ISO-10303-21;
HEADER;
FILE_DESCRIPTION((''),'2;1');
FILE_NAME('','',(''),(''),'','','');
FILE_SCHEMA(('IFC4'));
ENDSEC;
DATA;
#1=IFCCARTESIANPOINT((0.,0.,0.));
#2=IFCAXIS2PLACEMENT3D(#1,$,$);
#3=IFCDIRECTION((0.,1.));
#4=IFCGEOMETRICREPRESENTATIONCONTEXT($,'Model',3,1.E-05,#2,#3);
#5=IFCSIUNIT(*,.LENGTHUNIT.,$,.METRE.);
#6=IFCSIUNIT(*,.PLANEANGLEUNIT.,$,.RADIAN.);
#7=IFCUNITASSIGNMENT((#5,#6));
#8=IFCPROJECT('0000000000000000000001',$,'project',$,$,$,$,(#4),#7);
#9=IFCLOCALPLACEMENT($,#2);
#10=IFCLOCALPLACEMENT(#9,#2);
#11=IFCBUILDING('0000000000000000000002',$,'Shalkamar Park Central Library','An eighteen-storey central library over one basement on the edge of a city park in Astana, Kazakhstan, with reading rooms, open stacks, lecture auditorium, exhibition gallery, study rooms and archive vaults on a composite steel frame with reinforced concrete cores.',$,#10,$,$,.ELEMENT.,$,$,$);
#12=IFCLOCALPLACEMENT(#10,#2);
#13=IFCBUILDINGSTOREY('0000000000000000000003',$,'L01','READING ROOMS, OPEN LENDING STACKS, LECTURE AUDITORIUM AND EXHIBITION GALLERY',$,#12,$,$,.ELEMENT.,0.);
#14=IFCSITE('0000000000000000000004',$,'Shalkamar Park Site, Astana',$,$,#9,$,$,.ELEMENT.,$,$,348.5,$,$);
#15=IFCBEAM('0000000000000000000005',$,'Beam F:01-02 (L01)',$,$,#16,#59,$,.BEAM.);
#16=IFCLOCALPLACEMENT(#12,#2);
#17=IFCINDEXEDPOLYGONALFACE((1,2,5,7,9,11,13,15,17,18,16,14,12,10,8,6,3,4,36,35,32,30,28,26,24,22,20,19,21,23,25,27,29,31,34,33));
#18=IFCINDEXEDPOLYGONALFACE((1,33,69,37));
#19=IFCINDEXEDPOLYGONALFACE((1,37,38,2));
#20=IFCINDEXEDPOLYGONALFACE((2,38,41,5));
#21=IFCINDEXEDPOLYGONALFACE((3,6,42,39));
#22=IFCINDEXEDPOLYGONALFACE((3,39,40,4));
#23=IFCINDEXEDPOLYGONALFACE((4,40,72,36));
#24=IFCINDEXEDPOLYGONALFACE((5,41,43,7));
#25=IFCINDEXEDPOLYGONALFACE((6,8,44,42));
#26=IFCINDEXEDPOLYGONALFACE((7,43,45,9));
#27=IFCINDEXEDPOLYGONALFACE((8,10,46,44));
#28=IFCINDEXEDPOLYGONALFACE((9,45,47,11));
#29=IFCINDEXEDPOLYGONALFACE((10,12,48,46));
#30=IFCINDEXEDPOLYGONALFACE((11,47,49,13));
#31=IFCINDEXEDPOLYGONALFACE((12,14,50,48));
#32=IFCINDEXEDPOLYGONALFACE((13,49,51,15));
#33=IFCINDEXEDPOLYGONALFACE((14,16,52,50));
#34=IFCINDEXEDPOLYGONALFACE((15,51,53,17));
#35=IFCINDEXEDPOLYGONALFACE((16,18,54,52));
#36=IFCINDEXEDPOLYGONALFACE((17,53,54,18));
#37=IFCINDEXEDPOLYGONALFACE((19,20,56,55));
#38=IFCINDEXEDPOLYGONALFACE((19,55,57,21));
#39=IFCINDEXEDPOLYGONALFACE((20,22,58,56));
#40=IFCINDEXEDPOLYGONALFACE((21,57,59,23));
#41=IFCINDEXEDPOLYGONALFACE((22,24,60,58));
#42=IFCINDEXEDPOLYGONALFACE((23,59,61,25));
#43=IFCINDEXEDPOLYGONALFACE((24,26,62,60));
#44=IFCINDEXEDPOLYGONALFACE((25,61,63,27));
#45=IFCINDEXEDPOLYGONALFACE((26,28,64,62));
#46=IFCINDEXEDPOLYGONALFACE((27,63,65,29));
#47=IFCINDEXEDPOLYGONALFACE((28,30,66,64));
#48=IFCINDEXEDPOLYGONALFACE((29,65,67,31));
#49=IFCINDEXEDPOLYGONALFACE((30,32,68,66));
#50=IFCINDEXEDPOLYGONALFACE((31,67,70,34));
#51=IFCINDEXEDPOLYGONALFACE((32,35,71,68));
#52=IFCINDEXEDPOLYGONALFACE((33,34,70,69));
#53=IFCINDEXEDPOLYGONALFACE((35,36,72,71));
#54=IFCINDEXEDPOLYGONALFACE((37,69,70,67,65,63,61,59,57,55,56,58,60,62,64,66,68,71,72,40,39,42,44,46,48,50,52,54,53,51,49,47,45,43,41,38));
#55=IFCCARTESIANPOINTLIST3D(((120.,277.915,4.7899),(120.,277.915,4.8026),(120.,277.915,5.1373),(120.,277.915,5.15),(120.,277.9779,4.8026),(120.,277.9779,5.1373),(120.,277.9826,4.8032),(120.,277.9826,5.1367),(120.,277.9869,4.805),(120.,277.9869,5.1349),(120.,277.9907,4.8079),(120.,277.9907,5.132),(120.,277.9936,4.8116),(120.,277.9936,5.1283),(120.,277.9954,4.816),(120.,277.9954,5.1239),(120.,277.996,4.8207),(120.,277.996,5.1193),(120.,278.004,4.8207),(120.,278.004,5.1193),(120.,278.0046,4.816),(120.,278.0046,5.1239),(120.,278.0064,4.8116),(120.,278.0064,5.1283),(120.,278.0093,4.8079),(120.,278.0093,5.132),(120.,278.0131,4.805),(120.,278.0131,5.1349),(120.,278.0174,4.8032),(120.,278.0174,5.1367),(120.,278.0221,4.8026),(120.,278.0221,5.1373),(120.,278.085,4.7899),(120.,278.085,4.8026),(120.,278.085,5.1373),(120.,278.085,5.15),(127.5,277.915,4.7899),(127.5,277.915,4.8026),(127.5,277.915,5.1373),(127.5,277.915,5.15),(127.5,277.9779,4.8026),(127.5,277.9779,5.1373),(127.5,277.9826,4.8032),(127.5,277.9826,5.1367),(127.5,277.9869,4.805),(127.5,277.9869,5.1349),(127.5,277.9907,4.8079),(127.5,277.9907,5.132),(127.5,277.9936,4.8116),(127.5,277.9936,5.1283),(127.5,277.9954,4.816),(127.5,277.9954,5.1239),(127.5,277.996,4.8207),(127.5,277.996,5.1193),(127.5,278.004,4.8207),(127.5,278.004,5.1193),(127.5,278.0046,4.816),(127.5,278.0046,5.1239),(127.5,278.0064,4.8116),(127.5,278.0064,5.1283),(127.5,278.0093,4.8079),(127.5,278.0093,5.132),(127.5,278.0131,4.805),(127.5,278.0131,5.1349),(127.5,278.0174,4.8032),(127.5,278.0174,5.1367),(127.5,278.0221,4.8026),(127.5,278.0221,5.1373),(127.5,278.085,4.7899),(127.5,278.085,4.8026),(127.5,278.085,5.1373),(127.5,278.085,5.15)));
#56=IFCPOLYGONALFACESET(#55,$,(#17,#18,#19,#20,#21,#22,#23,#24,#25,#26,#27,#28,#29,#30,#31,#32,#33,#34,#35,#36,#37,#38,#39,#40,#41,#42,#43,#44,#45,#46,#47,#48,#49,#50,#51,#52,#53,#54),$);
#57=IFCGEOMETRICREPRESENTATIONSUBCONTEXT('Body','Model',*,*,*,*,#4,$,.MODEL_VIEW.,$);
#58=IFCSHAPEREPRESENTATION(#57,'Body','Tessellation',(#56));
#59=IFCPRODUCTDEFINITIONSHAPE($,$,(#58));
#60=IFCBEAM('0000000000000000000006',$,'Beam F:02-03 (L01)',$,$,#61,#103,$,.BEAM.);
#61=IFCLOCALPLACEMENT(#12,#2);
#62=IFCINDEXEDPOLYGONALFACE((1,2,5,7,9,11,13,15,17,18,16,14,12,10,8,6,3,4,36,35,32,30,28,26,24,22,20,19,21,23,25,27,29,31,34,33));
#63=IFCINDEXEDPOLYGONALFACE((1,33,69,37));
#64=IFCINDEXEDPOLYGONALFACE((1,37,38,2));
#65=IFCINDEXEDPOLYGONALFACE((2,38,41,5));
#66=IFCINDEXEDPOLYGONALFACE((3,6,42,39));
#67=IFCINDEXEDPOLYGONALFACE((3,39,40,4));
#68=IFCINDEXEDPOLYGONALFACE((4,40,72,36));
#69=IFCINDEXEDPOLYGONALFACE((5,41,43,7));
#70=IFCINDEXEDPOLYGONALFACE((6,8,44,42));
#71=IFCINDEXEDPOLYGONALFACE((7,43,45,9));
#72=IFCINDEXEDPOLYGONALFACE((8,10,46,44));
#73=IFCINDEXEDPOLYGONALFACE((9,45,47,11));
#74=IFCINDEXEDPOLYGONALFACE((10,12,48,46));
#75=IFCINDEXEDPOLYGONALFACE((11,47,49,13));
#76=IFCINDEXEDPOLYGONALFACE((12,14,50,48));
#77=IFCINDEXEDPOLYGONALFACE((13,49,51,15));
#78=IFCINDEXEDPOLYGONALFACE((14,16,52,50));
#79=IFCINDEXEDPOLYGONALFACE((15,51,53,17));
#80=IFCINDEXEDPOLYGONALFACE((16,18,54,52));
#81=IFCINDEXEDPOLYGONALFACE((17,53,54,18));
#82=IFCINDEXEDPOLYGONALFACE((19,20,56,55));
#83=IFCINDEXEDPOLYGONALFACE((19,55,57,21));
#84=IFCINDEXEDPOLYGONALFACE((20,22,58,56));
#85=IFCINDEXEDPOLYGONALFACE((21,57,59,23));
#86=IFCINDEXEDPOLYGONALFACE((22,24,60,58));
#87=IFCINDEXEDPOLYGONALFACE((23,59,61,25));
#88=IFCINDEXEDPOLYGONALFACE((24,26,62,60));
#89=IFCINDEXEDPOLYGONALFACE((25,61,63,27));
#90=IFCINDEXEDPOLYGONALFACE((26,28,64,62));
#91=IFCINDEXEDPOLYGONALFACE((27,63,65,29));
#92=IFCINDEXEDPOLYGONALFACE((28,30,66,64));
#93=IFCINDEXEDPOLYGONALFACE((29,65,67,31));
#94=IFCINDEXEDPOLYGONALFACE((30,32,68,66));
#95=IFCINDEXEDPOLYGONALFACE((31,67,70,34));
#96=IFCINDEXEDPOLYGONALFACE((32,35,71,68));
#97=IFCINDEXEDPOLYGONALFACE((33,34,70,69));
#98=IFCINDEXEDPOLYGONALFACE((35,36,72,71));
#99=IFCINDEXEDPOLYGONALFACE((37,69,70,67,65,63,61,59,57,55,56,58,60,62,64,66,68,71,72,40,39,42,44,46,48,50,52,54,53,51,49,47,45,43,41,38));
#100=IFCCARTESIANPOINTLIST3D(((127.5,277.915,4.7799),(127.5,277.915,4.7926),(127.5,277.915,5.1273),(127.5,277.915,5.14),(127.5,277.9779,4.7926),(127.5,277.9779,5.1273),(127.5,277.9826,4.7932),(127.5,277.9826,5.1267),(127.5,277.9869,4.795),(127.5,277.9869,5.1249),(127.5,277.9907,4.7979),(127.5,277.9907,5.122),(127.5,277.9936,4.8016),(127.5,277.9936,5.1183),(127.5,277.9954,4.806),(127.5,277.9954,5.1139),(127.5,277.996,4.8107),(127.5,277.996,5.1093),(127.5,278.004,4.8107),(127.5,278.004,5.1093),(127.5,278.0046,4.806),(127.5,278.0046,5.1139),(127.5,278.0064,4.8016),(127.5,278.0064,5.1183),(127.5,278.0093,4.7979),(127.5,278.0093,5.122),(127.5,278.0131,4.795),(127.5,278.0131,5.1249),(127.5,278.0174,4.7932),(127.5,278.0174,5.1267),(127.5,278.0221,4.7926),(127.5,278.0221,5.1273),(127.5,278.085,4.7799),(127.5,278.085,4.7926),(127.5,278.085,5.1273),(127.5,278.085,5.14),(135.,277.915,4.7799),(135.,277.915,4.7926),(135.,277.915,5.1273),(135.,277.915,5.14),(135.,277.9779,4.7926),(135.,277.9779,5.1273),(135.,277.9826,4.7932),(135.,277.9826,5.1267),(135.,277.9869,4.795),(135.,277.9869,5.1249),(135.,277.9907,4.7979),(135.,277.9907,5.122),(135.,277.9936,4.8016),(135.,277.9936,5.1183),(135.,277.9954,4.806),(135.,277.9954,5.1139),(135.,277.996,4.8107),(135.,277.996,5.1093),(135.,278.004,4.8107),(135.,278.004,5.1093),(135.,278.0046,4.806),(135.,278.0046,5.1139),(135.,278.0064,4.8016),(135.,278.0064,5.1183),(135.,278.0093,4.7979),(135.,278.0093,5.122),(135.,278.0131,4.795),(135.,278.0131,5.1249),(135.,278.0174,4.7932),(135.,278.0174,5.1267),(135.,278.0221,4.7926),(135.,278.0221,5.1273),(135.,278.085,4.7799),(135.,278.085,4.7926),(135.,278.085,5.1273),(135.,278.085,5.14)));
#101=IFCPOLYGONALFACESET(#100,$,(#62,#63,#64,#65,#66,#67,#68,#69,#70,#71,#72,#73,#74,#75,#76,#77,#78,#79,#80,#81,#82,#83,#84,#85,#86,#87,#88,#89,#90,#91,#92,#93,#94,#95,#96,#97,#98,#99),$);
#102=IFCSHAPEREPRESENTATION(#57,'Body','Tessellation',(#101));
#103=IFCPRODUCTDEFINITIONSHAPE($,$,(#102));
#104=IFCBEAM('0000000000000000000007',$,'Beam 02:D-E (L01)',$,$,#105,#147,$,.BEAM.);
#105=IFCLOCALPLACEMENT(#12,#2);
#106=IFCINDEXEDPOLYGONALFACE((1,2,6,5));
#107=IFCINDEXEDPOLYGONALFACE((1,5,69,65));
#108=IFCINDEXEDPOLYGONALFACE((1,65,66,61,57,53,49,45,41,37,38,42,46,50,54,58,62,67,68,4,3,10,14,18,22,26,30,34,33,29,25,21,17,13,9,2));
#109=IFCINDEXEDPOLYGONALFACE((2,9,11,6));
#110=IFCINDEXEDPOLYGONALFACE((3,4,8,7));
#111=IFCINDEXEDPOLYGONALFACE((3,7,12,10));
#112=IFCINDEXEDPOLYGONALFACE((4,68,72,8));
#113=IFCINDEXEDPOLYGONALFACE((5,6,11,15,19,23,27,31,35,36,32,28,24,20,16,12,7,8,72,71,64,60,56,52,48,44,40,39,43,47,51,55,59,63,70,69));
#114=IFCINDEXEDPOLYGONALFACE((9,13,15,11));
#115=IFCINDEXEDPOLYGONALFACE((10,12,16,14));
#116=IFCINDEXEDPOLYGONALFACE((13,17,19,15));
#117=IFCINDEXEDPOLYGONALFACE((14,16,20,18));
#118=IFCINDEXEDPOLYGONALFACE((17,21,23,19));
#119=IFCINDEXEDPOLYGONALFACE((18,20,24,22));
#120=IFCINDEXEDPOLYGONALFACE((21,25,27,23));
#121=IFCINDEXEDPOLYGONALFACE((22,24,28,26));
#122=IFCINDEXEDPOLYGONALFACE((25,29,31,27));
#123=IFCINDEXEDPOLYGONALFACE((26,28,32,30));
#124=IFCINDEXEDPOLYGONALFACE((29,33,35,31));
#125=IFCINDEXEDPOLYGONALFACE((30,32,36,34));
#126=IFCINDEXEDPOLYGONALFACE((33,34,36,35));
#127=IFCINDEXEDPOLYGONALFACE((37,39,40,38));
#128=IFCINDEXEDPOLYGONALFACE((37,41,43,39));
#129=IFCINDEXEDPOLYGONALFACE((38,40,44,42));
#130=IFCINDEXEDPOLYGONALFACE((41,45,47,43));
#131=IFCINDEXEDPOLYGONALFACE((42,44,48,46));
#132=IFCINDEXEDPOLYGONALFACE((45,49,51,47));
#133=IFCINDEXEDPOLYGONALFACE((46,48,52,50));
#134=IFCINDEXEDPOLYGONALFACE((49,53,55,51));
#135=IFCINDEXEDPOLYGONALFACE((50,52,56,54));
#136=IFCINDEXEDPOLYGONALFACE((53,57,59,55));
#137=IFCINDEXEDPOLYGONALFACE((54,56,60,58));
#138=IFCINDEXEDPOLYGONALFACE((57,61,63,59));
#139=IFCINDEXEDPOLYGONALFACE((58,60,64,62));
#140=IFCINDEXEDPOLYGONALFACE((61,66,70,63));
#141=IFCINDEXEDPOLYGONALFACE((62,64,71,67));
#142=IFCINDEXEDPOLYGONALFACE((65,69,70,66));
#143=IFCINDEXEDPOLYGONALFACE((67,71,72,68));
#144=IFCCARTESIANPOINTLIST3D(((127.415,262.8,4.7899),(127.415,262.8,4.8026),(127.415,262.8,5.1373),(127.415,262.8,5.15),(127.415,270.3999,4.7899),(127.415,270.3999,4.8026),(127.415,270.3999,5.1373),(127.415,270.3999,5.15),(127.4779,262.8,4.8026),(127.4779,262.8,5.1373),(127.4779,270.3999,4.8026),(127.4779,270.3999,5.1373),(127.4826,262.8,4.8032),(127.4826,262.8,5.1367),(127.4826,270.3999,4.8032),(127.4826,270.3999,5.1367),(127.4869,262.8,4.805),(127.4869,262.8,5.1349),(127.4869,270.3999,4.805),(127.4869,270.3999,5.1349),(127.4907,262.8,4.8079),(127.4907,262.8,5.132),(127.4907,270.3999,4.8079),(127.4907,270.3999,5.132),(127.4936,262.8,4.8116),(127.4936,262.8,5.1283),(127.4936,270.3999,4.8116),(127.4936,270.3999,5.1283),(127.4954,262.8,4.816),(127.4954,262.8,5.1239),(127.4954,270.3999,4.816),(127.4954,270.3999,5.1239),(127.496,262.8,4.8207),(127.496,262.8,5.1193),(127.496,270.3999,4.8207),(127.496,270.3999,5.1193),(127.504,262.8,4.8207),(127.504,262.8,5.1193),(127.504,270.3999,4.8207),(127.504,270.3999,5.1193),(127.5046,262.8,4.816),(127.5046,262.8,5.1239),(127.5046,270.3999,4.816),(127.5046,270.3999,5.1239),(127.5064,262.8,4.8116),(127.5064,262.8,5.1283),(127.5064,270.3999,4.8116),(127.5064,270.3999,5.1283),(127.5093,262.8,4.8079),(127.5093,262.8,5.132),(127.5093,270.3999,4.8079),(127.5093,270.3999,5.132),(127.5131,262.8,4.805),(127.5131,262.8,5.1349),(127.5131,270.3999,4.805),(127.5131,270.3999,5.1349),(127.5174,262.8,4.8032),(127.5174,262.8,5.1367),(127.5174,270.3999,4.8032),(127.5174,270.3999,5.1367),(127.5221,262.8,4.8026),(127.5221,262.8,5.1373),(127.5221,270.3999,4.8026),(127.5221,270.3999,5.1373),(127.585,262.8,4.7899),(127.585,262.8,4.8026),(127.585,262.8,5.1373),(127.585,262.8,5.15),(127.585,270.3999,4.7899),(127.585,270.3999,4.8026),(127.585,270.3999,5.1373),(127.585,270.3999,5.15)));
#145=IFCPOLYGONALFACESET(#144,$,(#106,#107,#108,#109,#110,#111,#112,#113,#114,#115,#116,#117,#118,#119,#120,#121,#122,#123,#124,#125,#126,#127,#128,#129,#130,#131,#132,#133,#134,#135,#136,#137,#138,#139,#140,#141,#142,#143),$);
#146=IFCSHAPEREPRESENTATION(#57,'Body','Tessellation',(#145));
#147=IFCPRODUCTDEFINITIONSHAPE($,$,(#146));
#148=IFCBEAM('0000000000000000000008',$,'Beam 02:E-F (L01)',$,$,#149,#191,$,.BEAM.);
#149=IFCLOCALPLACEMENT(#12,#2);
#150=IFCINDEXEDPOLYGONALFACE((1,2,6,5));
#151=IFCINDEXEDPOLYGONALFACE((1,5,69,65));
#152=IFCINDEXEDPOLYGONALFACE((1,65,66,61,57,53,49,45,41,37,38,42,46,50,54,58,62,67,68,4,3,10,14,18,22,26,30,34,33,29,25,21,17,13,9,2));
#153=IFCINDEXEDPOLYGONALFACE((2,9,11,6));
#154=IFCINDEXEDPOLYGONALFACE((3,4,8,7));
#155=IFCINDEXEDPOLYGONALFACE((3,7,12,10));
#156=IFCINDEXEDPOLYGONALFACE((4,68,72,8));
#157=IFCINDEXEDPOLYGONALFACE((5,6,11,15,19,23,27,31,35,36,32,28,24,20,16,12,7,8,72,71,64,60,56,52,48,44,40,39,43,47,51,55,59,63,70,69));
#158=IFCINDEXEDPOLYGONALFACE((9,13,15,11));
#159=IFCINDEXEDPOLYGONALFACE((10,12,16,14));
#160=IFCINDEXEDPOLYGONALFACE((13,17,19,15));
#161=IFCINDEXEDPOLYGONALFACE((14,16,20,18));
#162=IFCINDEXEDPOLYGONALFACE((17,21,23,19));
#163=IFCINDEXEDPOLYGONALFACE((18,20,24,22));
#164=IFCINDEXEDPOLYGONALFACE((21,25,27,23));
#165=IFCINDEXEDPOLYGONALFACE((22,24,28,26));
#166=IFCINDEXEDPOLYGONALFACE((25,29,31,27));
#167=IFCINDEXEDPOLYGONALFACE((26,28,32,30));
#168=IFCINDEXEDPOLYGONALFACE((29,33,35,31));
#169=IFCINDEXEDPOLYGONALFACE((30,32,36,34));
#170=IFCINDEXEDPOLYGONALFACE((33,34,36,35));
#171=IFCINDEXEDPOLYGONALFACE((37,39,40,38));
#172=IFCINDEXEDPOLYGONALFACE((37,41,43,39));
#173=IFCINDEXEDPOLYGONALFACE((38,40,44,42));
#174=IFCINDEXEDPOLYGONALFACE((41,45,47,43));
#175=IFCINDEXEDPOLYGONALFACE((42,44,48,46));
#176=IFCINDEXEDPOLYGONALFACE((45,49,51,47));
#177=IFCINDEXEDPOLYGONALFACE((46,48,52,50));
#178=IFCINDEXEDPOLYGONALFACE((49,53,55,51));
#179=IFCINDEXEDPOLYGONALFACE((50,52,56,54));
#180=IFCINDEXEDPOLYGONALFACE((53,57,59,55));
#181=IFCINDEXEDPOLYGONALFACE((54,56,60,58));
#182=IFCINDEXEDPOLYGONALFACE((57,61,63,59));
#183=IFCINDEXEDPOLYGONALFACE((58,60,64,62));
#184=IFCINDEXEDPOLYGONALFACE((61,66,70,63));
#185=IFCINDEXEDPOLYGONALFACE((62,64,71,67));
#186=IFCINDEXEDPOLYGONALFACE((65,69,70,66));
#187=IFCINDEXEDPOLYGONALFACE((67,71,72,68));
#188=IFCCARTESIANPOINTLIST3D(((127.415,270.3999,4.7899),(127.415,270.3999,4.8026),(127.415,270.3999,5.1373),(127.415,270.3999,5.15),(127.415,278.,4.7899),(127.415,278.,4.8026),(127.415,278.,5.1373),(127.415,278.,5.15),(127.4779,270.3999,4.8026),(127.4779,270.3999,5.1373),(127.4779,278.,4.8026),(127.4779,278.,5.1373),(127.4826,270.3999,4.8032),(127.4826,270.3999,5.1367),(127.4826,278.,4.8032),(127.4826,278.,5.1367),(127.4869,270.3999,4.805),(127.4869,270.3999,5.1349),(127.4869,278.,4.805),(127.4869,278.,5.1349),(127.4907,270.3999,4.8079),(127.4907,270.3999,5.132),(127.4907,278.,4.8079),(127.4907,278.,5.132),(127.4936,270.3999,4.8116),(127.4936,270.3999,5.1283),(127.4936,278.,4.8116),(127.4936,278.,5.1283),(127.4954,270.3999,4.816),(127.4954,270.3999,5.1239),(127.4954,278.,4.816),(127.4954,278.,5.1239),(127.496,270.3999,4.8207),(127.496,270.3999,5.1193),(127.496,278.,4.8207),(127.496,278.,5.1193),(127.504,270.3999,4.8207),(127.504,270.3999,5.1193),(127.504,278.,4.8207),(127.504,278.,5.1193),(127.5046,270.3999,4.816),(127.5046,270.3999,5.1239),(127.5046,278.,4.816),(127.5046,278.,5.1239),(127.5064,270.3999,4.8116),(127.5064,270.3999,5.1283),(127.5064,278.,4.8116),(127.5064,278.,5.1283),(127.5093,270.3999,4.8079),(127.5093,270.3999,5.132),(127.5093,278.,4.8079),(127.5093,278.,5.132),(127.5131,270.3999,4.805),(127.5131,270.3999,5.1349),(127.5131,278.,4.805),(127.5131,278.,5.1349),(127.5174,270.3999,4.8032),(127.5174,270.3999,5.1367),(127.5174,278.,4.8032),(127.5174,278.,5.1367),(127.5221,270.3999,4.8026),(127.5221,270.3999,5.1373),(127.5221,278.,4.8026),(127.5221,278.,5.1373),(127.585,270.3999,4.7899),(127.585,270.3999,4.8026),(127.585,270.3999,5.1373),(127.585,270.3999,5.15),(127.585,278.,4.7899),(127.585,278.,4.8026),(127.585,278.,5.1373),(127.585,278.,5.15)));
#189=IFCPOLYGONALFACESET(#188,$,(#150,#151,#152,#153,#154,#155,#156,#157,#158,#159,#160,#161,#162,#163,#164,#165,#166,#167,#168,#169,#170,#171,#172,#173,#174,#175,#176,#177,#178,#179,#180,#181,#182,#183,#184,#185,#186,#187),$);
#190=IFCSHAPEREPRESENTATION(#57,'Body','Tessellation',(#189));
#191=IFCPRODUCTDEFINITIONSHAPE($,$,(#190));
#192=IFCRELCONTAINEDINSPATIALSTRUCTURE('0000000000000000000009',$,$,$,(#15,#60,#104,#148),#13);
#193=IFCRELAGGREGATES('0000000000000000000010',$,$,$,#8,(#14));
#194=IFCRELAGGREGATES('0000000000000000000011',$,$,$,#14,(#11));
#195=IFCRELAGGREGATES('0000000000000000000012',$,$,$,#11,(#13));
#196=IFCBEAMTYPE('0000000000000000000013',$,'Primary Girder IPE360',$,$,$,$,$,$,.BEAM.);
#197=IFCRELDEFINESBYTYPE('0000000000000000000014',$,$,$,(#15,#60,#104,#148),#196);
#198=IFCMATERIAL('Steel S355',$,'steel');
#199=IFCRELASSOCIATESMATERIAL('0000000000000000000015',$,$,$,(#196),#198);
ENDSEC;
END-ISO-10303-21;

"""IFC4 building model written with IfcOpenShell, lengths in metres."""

from ifc_helpers import new_model, si_unit, direction, frame, origin, origin_2d, place, context, subcontext, project, spatial, i_section, extrude, material, material_profile, profile_set, type_object, element, save


model = new_model("IFC4")

# Units and contexts
model_context = context("Model", 3, precision=1e-05, world=origin(), true_north=direction((0.0, 1.0)))
body_context = subcontext(model_context, "Body", "Model", "MODEL_VIEW")
ifc_project = project(units=[si_unit("LENGTHUNIT", "METRE"), si_unit("PLANEANGLEUNIT", "RADIAN")], contexts=[model_context])

# Site, building, storey
site_placement = place(None, origin())
site = spatial("IfcSite", under=ifc_project, at=site_placement, Name="Shalkamar Park Site, Astana", CompositionType="ELEMENT", RefElevation=348.5)
building_placement = place(site_placement, origin())
building = spatial("IfcBuilding", under=site, at=building_placement, Name="Shalkamar Park Central Library", Description="An eighteen-storey central library over one basement on the edge of a city park in Astana, Kazakhstan, with reading rooms, open stacks, lecture auditorium, exhibition gallery, study rooms and archive vaults on a composite steel frame with reinforced concrete cores.", CompositionType="ELEMENT")
storey_placement = place(building_placement, origin())
storey = spatial("IfcBuildingStorey", under=building, at=storey_placement, Name="L01", Description="READING ROOMS, OPEN LENDING STACKS, LECTURE AUDITORIUM AND EXHIBITION GALLERY", CompositionType="ELEMENT", Elevation=0.0)

# Shared definitions
ifc_material_1 = material(Name="Steel S355", Category="steel")

# Beams
ifc_material_profile_1 = material_profile(ifc_material_1, i_section(OverallWidth=0.1699, OverallDepth=0.3601, WebThickness=0.0081, FlangeThickness=0.0127, FilletRadius=0.0181, at=origin_2d()), Name="IPE 360")
ifc_profile_set_1 = profile_set([ifc_material_profile_1], Name="Steel S355")
beam_type_1 = type_object("IfcBeamType", Name="Primary Girder IPE360", PredefinedType="BEAM", material=ifc_profile_set_1)
for number, where, z_axis, x_axis, name in (
    (1, (120.0, 278.0, 4.97), (1.0, 0.0, 0.0), (0.0, 1.0, 0.0), "Beam F:01-02 (L01)"),
    (2, (127.5, 278.0, 4.96), (1.0, 0.0, 0.0), (0.0, 1.0, 0.0), "Beam F:02-03 (L01)"),
):
    element("IfcBeam", number, at=place(storey_placement, frame(where, z_axis=z_axis, x_axis=x_axis)), inside=storey, type_object=beam_type_1, Name=name, PredefinedType="BEAM", context=body_context, shape_type="SweptSolid", body=[
        extrude(i_section(OverallWidth=0.1699, OverallDepth=0.3601, WebThickness=0.0081, FlangeThickness=0.0127, FilletRadius=0.0181, at=origin_2d()), origin(), (0.0, 0.0, 1.0), 7.5),
    ])
beam_1_placement = place(storey_placement, frame((127.5, 262.8, 4.97), z_axis=(0.0, 1.0, 0.0), x_axis=(-1.0, 0.0, 0.0)))
element("IfcBeam", 3, at=beam_1_placement, inside=storey, type_object=beam_type_1, Name="Beam 02:D-E (L01)", PredefinedType="BEAM", context=body_context, shape_type="SweptSolid", body=[
    extrude(i_section(OverallWidth=0.1699, OverallDepth=0.3601, WebThickness=0.0081, FlangeThickness=0.0127, FilletRadius=0.0181, at=origin_2d()), origin(), (0.0, 0.0, 1.0), 7.5999),
])
for number, where, z_axis, x_axis, name in (
    (4, (127.5, 270.3999, 4.97), (0.0, 1.0, 0.0), (-1.0, 0.0, 0.0), "Beam 02:E-F (L01)"),
):
    element("IfcBeam", number, at=place(storey_placement, frame(where, z_axis=z_axis, x_axis=x_axis)), inside=storey, type_object=beam_type_1, Name=name, PredefinedType="BEAM", context=body_context, shape_type="SweptSolid", body=[
        extrude(i_section(OverallWidth=0.1699, OverallDepth=0.3601, WebThickness=0.0081, FlangeThickness=0.0127, FilletRadius=0.0181, at=origin_2d()), origin(), (0.0, 0.0, 1.0), 7.6001),
    ])

save(model, "model.ifc")
